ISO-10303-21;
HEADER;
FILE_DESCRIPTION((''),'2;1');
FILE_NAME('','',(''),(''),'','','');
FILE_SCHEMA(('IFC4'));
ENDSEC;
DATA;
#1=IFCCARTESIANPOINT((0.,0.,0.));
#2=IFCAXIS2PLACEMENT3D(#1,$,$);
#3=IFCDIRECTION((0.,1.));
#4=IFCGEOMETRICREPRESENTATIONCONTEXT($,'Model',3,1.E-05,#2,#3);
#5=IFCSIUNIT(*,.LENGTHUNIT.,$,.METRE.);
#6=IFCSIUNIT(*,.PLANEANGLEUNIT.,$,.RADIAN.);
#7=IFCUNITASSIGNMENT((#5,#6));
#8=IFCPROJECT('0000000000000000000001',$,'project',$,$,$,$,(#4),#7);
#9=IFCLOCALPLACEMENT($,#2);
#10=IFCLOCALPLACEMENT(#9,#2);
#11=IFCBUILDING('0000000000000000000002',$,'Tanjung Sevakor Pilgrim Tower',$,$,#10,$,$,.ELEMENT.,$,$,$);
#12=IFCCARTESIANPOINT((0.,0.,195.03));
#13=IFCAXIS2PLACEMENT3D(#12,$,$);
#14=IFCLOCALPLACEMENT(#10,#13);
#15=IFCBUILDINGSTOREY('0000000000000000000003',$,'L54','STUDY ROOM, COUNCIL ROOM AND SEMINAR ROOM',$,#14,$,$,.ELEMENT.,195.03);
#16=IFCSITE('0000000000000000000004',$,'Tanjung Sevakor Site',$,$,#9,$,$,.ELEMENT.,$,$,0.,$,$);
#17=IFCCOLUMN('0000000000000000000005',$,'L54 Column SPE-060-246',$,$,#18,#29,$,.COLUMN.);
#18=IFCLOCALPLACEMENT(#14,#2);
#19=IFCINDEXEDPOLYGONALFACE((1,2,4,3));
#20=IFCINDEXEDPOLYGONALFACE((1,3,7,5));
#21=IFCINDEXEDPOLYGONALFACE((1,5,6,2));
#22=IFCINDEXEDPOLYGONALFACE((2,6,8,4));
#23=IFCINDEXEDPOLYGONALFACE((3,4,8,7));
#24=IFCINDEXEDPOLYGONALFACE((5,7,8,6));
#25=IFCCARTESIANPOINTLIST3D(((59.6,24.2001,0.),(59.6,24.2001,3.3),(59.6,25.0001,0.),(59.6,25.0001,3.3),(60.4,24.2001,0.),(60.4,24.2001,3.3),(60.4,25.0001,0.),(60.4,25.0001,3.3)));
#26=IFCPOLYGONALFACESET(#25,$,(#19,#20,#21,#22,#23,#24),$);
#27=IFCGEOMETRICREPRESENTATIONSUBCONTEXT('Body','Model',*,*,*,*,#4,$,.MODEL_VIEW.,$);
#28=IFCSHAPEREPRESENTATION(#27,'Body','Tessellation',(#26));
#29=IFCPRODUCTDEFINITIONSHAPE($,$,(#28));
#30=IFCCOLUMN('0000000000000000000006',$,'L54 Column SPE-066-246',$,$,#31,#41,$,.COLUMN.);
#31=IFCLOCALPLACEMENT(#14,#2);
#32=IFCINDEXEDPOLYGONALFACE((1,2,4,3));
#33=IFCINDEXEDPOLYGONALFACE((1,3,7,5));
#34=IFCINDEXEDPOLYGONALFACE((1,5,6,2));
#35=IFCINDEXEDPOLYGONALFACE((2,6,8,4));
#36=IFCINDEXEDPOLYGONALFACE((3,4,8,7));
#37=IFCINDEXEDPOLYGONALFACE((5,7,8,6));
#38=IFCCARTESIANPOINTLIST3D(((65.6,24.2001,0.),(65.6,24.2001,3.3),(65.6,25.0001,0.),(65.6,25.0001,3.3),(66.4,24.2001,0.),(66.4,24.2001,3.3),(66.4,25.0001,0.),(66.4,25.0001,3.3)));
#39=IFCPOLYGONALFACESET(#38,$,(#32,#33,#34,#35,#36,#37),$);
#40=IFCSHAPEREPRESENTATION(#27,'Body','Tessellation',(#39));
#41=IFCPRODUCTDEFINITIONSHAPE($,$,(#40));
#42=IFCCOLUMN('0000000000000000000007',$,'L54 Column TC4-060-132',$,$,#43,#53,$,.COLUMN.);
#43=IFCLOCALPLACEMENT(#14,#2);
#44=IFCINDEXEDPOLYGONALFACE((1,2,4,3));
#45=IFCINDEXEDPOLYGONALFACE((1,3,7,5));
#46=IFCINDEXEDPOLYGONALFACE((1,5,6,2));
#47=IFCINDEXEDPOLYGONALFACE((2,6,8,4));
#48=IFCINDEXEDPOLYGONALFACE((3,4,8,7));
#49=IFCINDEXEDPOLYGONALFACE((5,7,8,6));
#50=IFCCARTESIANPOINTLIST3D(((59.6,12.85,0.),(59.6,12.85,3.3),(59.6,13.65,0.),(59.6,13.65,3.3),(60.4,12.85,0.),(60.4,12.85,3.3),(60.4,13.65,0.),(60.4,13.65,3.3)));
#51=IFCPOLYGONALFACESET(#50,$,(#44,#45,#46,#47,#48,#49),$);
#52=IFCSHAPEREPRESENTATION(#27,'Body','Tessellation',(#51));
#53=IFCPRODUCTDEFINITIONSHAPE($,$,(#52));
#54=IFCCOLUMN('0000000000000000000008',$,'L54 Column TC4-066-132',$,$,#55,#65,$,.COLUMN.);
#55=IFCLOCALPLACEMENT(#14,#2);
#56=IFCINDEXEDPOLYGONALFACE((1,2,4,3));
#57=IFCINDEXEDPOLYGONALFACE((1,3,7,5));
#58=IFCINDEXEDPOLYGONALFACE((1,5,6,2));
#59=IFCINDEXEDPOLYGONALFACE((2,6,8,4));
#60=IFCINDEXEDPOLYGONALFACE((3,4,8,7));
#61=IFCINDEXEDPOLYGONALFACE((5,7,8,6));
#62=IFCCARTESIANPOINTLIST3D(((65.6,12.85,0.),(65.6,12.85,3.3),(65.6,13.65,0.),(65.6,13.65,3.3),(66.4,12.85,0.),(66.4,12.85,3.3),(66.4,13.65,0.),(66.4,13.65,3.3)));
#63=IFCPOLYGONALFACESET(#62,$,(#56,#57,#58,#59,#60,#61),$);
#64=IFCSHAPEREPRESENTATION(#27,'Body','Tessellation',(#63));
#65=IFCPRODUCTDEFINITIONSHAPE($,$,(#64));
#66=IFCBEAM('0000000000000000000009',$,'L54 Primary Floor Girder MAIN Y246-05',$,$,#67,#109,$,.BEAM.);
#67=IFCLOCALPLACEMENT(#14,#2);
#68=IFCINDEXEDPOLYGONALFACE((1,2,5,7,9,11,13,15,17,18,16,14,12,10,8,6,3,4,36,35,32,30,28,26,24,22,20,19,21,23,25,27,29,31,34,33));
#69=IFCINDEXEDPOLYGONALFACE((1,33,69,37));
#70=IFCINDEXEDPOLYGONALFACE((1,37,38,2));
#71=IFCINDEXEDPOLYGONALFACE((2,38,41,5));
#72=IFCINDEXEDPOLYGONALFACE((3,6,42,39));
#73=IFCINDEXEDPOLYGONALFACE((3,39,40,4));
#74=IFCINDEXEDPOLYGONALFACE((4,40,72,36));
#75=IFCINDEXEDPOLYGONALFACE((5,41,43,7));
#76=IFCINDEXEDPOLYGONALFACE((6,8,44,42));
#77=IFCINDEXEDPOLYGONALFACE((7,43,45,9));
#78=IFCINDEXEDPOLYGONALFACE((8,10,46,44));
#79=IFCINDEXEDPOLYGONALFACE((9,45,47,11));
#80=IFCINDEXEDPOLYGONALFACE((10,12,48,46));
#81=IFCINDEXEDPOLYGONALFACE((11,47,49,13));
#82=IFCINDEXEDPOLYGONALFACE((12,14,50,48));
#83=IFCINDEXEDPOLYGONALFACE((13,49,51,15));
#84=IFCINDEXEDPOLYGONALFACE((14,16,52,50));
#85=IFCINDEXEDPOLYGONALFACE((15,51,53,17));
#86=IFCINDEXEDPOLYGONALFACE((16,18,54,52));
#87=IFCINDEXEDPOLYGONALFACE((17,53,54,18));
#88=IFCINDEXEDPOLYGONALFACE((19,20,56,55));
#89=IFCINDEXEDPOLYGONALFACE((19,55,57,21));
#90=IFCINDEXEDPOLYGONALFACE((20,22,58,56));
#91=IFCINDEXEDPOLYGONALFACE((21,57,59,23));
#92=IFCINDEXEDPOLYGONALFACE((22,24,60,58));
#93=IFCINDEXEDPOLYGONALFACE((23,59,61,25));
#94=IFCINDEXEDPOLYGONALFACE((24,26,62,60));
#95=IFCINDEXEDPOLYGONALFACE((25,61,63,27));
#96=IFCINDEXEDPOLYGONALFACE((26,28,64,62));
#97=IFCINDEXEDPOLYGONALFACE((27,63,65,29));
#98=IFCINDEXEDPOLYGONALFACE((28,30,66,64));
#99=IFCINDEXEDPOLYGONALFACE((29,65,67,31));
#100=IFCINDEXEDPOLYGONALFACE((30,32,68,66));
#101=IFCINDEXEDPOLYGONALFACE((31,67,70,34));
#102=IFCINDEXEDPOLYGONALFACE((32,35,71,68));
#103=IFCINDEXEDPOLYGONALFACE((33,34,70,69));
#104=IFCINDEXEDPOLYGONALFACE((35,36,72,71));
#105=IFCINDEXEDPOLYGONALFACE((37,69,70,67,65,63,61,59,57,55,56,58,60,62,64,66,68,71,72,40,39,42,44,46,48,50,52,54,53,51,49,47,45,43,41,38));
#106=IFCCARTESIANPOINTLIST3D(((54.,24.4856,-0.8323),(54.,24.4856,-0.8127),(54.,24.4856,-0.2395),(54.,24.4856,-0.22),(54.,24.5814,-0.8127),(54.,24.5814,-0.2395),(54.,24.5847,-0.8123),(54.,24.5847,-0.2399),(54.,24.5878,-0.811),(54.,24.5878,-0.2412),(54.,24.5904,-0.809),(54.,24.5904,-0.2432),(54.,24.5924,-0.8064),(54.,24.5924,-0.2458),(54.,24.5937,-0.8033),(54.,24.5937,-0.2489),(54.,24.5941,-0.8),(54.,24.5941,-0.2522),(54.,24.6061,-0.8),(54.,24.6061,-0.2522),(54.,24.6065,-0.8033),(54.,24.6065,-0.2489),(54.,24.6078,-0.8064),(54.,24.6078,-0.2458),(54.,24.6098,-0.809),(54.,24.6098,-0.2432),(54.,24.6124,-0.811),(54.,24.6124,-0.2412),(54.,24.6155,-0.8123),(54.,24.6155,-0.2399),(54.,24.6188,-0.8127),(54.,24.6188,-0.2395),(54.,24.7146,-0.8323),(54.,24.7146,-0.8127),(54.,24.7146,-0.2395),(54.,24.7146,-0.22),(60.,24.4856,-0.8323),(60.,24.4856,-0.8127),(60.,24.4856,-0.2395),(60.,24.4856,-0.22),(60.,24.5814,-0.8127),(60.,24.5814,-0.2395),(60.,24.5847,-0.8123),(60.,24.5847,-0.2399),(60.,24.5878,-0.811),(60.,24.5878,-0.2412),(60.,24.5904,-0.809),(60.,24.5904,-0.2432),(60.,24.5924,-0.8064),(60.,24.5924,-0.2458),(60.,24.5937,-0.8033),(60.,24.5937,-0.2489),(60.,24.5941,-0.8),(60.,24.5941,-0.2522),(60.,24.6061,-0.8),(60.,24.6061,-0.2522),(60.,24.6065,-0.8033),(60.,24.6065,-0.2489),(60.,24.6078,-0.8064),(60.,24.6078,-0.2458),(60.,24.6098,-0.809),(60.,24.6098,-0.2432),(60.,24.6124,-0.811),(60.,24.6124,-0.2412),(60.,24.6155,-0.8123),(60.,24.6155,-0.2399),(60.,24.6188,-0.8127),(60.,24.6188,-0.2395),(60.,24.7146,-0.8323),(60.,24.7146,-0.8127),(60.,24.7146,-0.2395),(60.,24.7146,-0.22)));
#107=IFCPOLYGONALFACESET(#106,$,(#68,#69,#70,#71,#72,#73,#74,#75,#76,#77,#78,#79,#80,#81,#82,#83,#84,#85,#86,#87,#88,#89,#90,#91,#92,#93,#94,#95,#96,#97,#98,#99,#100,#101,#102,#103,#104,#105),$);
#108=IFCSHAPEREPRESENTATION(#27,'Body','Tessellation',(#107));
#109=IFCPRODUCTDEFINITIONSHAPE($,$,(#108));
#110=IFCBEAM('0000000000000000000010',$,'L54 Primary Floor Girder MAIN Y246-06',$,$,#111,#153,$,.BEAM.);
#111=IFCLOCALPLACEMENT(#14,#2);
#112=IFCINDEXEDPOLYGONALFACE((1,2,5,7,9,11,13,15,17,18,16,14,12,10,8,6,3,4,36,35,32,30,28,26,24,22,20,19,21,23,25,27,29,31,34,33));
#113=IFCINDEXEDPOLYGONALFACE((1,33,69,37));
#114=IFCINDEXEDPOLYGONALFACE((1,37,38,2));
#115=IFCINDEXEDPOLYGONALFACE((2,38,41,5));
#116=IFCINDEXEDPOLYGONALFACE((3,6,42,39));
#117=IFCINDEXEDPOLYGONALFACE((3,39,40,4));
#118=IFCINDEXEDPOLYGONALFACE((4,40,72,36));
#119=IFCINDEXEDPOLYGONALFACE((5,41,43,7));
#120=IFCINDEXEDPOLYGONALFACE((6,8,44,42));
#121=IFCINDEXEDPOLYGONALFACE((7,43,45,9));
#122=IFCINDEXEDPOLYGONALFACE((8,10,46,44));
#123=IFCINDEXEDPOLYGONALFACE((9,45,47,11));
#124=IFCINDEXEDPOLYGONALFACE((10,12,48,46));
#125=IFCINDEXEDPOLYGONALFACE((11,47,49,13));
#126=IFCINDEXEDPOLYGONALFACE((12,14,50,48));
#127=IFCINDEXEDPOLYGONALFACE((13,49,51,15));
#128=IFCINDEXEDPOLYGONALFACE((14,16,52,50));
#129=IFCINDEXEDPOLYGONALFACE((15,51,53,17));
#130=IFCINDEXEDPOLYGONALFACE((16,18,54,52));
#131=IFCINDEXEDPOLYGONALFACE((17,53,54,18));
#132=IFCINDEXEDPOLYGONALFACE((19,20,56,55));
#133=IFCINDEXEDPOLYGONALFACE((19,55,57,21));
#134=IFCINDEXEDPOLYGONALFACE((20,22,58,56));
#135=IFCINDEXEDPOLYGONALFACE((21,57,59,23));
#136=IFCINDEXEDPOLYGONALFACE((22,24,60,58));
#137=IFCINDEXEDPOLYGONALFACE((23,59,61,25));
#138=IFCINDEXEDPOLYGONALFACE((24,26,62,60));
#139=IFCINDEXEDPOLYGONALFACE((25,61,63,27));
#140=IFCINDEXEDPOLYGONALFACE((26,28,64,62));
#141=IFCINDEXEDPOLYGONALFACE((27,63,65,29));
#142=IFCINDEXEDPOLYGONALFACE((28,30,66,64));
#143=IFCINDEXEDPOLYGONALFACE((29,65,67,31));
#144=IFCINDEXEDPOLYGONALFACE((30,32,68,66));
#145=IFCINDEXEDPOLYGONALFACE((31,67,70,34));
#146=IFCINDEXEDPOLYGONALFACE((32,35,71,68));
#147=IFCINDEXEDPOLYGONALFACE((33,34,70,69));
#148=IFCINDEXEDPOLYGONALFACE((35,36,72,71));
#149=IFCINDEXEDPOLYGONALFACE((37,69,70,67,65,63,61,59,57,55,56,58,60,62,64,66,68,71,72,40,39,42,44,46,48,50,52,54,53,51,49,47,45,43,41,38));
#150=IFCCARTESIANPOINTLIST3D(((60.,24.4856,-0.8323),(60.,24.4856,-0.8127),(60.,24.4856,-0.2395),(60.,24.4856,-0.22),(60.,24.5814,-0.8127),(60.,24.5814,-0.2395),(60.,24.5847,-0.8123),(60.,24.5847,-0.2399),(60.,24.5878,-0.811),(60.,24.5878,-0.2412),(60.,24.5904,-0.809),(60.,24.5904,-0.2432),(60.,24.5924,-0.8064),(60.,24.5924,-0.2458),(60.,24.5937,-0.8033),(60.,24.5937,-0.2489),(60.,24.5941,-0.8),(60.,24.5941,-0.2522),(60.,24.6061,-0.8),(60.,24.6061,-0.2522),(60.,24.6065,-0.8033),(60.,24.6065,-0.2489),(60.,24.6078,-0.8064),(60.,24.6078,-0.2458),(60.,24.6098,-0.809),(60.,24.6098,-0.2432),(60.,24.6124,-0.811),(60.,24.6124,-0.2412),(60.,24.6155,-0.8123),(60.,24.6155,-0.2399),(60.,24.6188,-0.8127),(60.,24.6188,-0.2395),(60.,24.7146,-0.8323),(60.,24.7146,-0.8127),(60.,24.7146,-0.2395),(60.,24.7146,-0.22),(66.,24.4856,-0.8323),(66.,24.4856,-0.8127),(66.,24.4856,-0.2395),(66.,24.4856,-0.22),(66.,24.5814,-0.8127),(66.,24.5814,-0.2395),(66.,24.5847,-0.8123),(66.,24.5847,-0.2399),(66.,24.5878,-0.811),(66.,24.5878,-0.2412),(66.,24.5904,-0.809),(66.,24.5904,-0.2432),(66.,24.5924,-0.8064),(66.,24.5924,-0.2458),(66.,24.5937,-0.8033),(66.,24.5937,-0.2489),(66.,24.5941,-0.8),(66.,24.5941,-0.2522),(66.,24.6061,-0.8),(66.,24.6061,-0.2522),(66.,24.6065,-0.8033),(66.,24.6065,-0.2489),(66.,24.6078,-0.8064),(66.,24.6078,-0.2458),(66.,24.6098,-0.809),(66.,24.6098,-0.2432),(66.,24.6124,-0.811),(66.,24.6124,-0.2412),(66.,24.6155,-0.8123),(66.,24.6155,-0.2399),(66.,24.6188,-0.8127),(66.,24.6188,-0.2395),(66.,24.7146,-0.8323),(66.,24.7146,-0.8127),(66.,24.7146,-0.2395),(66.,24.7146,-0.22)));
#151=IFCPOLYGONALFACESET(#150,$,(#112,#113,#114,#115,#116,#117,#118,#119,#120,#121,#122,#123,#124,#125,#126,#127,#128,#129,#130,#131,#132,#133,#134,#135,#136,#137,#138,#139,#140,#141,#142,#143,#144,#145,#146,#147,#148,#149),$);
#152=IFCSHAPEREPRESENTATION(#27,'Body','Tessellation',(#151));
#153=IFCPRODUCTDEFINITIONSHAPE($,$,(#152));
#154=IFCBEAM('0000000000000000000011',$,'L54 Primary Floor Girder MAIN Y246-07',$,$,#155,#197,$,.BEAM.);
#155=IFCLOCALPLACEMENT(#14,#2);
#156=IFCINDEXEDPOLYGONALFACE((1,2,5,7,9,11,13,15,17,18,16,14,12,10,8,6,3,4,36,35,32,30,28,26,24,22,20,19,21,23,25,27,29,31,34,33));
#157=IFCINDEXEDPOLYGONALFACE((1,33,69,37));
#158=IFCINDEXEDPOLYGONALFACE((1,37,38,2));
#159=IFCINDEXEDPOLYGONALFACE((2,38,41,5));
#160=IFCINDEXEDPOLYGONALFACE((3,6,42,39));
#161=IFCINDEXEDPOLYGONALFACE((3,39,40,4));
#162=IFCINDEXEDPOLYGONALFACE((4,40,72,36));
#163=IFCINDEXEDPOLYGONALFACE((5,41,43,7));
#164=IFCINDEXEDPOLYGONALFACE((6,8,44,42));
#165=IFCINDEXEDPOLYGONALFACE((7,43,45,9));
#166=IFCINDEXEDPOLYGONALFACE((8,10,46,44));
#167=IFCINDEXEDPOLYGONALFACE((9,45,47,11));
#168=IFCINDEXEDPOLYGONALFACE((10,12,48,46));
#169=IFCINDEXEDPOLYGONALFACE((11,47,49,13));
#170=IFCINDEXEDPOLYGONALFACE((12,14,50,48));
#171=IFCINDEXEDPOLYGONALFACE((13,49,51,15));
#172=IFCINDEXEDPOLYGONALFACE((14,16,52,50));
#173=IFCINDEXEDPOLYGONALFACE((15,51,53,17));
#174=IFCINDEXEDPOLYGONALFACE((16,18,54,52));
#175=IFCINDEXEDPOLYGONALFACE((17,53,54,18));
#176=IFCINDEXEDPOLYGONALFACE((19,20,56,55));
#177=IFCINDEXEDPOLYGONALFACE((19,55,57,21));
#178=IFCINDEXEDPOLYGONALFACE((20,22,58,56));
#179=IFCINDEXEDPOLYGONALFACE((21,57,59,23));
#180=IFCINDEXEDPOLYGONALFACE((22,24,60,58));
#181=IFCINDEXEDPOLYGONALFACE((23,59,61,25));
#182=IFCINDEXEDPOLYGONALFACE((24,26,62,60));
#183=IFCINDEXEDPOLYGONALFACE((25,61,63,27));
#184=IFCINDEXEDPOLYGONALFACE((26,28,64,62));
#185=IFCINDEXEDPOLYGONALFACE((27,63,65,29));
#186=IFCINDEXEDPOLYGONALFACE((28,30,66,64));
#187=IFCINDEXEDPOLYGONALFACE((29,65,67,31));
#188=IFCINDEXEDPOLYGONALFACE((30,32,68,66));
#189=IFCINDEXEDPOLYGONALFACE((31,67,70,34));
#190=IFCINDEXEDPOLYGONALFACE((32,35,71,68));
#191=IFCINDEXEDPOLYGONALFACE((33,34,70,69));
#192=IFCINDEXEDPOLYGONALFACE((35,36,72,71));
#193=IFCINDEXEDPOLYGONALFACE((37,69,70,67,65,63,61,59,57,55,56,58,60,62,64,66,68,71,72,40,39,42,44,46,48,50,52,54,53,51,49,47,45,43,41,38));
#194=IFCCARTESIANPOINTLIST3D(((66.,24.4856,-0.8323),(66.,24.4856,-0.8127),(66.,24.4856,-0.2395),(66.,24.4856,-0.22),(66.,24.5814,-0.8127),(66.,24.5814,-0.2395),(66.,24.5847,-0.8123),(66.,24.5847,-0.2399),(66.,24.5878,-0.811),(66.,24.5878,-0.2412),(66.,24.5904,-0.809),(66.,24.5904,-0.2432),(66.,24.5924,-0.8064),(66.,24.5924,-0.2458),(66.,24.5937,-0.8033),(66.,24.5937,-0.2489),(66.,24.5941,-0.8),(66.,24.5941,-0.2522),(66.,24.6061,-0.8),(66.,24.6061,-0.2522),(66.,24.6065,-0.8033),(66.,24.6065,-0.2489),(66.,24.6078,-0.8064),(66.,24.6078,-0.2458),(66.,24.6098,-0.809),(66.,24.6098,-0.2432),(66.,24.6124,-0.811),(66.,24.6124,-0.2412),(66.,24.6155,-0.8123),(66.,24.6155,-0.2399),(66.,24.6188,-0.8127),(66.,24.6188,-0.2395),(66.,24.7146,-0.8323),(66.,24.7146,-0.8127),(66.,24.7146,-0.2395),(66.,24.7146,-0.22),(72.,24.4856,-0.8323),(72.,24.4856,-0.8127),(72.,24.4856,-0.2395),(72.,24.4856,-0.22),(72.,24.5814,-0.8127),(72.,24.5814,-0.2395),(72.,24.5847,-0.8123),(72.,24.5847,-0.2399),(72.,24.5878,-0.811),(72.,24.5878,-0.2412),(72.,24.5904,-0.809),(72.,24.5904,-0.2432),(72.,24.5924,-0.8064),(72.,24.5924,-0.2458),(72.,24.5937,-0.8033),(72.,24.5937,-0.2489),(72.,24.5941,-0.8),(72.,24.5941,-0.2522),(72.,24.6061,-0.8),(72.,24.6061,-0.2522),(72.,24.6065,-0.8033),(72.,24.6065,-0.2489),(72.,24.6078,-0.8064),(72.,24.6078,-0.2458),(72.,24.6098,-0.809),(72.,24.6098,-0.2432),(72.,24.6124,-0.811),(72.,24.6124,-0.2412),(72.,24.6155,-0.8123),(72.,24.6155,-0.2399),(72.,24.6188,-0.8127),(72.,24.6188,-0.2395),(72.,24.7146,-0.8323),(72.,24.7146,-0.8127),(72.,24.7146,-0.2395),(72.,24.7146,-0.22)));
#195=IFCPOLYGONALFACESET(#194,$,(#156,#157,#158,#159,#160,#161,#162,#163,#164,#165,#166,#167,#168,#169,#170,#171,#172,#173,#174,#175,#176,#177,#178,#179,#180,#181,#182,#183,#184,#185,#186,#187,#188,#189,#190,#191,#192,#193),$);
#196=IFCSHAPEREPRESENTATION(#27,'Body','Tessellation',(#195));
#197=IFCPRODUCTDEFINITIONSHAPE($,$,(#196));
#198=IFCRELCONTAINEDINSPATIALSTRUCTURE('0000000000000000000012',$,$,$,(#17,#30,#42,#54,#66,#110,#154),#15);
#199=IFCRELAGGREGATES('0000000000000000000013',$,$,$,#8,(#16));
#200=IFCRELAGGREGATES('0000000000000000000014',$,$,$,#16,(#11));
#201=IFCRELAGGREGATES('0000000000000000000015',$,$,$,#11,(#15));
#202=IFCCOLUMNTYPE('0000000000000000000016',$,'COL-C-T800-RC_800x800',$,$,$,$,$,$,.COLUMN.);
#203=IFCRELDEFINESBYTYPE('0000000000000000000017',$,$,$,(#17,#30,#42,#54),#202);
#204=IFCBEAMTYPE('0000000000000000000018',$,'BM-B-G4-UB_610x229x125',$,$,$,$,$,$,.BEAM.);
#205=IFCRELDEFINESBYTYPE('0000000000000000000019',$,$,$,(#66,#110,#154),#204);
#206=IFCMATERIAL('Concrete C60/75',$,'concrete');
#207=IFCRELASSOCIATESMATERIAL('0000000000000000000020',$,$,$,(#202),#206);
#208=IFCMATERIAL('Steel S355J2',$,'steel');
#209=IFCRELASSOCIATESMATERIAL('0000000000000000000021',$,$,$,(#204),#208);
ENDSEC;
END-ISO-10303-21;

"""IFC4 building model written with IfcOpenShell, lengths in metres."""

from ifc_helpers import new_model, si_unit, direction, frame, origin, origin_2d, place, context, subcontext, project, spatial, rectangle, i_section, extrude, material, material_profile, profile_set, type_object, element, save


model = new_model("IFC4")

# Units and contexts
model_context = context("Model", 3, precision=1e-05, world=origin(), true_north=direction((0.0, 1.0)))
body_context = subcontext(model_context, "Body", "Model", "MODEL_VIEW")
ifc_project = project(units=[si_unit("LENGTHUNIT", "METRE"), si_unit("PLANEANGLEUNIT", "RADIAN")], contexts=[model_context])

# Site, building, storey
site_placement = place(None, origin())
site = spatial("IfcSite", under=ifc_project, at=site_placement, Name="Tanjung Sevakor Site", CompositionType="ELEMENT", RefElevation=0.0)
building_placement = place(site_placement, origin())
building = spatial("IfcBuilding", under=site, at=building_placement, Name="Tanjung Sevakor Pilgrim Tower", CompositionType="ELEMENT")
storey_placement = place(building_placement, frame((0.0, 0.0, 195.03)))
storey = spatial("IfcBuildingStorey", under=building, at=storey_placement, Name="L54", Description="STUDY ROOM, COUNCIL ROOM AND SEMINAR ROOM", CompositionType="ELEMENT", Elevation=195.03)

# Columns
ifc_material_1 = material(Name="Concrete C60/75", Category="concrete")
ifc_material_profile_1 = material_profile(ifc_material_1, rectangle(XDim=0.8, YDim=0.8, at=origin_2d()))
ifc_profile_set_1 = profile_set([ifc_material_profile_1], Name="Concrete C60/75")
column_type = type_object("IfcColumnType", Name="COL-C-T800-RC_800x800", PredefinedType="COLUMN", material=ifc_profile_set_1)
for number, where, z_axis, x_axis, name in (
    (1, (60.0, 24.6001, 0.0), (0.0, 0.0, 1.0), (1.0, 0.0, 0.0), "L54 Column SPE-060-246"),
    (2, (66.0, 24.6001, 0.0), (0.0, 0.0, 1.0), (1.0, 0.0, 0.0), "L54 Column SPE-066-246"),
    (3, (60.0, 13.25, 0.0), (0.0, 0.0, 1.0), (1.0, 0.0, 0.0), "L54 Column TC4-060-132"),
    (4, (66.0, 13.25, 0.0), (0.0, 0.0, 1.0), (1.0, 0.0, 0.0), "L54 Column TC4-066-132"),
):
    element("IfcColumn", number, at=place(storey_placement, frame(where, z_axis=z_axis, x_axis=x_axis)), inside=storey, type_object=column_type, Name=name, PredefinedType="COLUMN", context=body_context, shape_type="SweptSolid", body=[
        extrude(rectangle(XDim=0.8, YDim=0.8, at=origin_2d()), origin(), (0.0, 0.0, 1.0), 3.3),
    ])

# Beams
ifc_material_2 = material(Name="Steel S355J2", Category="steel")
ifc_material_profile_2 = material_profile(ifc_material_2, i_section(OverallWidth=0.229, OverallDepth=0.6123, WebThickness=0.012, FlangeThickness=0.0195, FilletRadius=0.0127, at=origin_2d()))
ifc_profile_set_2 = profile_set([ifc_material_profile_2], Name="Steel S355J2")
beam_type_1 = type_object("IfcBeamType", Name="BM-B-G4-UB_610x229x125", PredefinedType="BEAM", material=ifc_profile_set_2)
for number, where, z_axis, x_axis, name in (
    (5, (54.0, 24.6001, -0.5261), (1.0, 0.0, 0.0), (0.0, 1.0, 0.0), "L54 Primary Floor Girder MAIN Y246-05"),
    (6, (60.0, 24.6001, -0.5261), (1.0, 0.0, 0.0), (0.0, 1.0, 0.0), "L54 Primary Floor Girder MAIN Y246-06"),
    (7, (66.0, 24.6001, -0.5261), (1.0, 0.0, 0.0), (0.0, 1.0, 0.0), "L54 Primary Floor Girder MAIN Y246-07"),
):
    element("IfcBeam", number, at=place(storey_placement, frame(where, z_axis=z_axis, x_axis=x_axis)), inside=storey, type_object=beam_type_1, Name=name, PredefinedType="BEAM", context=body_context, shape_type="SweptSolid", body=[
        extrude(i_section(OverallWidth=0.229, OverallDepth=0.6123, WebThickness=0.012, FlangeThickness=0.0195, FilletRadius=0.0127, at=origin_2d()), origin(), (0.0, 0.0, 1.0), 6.0),
    ])

save(model, "model.ifc")
